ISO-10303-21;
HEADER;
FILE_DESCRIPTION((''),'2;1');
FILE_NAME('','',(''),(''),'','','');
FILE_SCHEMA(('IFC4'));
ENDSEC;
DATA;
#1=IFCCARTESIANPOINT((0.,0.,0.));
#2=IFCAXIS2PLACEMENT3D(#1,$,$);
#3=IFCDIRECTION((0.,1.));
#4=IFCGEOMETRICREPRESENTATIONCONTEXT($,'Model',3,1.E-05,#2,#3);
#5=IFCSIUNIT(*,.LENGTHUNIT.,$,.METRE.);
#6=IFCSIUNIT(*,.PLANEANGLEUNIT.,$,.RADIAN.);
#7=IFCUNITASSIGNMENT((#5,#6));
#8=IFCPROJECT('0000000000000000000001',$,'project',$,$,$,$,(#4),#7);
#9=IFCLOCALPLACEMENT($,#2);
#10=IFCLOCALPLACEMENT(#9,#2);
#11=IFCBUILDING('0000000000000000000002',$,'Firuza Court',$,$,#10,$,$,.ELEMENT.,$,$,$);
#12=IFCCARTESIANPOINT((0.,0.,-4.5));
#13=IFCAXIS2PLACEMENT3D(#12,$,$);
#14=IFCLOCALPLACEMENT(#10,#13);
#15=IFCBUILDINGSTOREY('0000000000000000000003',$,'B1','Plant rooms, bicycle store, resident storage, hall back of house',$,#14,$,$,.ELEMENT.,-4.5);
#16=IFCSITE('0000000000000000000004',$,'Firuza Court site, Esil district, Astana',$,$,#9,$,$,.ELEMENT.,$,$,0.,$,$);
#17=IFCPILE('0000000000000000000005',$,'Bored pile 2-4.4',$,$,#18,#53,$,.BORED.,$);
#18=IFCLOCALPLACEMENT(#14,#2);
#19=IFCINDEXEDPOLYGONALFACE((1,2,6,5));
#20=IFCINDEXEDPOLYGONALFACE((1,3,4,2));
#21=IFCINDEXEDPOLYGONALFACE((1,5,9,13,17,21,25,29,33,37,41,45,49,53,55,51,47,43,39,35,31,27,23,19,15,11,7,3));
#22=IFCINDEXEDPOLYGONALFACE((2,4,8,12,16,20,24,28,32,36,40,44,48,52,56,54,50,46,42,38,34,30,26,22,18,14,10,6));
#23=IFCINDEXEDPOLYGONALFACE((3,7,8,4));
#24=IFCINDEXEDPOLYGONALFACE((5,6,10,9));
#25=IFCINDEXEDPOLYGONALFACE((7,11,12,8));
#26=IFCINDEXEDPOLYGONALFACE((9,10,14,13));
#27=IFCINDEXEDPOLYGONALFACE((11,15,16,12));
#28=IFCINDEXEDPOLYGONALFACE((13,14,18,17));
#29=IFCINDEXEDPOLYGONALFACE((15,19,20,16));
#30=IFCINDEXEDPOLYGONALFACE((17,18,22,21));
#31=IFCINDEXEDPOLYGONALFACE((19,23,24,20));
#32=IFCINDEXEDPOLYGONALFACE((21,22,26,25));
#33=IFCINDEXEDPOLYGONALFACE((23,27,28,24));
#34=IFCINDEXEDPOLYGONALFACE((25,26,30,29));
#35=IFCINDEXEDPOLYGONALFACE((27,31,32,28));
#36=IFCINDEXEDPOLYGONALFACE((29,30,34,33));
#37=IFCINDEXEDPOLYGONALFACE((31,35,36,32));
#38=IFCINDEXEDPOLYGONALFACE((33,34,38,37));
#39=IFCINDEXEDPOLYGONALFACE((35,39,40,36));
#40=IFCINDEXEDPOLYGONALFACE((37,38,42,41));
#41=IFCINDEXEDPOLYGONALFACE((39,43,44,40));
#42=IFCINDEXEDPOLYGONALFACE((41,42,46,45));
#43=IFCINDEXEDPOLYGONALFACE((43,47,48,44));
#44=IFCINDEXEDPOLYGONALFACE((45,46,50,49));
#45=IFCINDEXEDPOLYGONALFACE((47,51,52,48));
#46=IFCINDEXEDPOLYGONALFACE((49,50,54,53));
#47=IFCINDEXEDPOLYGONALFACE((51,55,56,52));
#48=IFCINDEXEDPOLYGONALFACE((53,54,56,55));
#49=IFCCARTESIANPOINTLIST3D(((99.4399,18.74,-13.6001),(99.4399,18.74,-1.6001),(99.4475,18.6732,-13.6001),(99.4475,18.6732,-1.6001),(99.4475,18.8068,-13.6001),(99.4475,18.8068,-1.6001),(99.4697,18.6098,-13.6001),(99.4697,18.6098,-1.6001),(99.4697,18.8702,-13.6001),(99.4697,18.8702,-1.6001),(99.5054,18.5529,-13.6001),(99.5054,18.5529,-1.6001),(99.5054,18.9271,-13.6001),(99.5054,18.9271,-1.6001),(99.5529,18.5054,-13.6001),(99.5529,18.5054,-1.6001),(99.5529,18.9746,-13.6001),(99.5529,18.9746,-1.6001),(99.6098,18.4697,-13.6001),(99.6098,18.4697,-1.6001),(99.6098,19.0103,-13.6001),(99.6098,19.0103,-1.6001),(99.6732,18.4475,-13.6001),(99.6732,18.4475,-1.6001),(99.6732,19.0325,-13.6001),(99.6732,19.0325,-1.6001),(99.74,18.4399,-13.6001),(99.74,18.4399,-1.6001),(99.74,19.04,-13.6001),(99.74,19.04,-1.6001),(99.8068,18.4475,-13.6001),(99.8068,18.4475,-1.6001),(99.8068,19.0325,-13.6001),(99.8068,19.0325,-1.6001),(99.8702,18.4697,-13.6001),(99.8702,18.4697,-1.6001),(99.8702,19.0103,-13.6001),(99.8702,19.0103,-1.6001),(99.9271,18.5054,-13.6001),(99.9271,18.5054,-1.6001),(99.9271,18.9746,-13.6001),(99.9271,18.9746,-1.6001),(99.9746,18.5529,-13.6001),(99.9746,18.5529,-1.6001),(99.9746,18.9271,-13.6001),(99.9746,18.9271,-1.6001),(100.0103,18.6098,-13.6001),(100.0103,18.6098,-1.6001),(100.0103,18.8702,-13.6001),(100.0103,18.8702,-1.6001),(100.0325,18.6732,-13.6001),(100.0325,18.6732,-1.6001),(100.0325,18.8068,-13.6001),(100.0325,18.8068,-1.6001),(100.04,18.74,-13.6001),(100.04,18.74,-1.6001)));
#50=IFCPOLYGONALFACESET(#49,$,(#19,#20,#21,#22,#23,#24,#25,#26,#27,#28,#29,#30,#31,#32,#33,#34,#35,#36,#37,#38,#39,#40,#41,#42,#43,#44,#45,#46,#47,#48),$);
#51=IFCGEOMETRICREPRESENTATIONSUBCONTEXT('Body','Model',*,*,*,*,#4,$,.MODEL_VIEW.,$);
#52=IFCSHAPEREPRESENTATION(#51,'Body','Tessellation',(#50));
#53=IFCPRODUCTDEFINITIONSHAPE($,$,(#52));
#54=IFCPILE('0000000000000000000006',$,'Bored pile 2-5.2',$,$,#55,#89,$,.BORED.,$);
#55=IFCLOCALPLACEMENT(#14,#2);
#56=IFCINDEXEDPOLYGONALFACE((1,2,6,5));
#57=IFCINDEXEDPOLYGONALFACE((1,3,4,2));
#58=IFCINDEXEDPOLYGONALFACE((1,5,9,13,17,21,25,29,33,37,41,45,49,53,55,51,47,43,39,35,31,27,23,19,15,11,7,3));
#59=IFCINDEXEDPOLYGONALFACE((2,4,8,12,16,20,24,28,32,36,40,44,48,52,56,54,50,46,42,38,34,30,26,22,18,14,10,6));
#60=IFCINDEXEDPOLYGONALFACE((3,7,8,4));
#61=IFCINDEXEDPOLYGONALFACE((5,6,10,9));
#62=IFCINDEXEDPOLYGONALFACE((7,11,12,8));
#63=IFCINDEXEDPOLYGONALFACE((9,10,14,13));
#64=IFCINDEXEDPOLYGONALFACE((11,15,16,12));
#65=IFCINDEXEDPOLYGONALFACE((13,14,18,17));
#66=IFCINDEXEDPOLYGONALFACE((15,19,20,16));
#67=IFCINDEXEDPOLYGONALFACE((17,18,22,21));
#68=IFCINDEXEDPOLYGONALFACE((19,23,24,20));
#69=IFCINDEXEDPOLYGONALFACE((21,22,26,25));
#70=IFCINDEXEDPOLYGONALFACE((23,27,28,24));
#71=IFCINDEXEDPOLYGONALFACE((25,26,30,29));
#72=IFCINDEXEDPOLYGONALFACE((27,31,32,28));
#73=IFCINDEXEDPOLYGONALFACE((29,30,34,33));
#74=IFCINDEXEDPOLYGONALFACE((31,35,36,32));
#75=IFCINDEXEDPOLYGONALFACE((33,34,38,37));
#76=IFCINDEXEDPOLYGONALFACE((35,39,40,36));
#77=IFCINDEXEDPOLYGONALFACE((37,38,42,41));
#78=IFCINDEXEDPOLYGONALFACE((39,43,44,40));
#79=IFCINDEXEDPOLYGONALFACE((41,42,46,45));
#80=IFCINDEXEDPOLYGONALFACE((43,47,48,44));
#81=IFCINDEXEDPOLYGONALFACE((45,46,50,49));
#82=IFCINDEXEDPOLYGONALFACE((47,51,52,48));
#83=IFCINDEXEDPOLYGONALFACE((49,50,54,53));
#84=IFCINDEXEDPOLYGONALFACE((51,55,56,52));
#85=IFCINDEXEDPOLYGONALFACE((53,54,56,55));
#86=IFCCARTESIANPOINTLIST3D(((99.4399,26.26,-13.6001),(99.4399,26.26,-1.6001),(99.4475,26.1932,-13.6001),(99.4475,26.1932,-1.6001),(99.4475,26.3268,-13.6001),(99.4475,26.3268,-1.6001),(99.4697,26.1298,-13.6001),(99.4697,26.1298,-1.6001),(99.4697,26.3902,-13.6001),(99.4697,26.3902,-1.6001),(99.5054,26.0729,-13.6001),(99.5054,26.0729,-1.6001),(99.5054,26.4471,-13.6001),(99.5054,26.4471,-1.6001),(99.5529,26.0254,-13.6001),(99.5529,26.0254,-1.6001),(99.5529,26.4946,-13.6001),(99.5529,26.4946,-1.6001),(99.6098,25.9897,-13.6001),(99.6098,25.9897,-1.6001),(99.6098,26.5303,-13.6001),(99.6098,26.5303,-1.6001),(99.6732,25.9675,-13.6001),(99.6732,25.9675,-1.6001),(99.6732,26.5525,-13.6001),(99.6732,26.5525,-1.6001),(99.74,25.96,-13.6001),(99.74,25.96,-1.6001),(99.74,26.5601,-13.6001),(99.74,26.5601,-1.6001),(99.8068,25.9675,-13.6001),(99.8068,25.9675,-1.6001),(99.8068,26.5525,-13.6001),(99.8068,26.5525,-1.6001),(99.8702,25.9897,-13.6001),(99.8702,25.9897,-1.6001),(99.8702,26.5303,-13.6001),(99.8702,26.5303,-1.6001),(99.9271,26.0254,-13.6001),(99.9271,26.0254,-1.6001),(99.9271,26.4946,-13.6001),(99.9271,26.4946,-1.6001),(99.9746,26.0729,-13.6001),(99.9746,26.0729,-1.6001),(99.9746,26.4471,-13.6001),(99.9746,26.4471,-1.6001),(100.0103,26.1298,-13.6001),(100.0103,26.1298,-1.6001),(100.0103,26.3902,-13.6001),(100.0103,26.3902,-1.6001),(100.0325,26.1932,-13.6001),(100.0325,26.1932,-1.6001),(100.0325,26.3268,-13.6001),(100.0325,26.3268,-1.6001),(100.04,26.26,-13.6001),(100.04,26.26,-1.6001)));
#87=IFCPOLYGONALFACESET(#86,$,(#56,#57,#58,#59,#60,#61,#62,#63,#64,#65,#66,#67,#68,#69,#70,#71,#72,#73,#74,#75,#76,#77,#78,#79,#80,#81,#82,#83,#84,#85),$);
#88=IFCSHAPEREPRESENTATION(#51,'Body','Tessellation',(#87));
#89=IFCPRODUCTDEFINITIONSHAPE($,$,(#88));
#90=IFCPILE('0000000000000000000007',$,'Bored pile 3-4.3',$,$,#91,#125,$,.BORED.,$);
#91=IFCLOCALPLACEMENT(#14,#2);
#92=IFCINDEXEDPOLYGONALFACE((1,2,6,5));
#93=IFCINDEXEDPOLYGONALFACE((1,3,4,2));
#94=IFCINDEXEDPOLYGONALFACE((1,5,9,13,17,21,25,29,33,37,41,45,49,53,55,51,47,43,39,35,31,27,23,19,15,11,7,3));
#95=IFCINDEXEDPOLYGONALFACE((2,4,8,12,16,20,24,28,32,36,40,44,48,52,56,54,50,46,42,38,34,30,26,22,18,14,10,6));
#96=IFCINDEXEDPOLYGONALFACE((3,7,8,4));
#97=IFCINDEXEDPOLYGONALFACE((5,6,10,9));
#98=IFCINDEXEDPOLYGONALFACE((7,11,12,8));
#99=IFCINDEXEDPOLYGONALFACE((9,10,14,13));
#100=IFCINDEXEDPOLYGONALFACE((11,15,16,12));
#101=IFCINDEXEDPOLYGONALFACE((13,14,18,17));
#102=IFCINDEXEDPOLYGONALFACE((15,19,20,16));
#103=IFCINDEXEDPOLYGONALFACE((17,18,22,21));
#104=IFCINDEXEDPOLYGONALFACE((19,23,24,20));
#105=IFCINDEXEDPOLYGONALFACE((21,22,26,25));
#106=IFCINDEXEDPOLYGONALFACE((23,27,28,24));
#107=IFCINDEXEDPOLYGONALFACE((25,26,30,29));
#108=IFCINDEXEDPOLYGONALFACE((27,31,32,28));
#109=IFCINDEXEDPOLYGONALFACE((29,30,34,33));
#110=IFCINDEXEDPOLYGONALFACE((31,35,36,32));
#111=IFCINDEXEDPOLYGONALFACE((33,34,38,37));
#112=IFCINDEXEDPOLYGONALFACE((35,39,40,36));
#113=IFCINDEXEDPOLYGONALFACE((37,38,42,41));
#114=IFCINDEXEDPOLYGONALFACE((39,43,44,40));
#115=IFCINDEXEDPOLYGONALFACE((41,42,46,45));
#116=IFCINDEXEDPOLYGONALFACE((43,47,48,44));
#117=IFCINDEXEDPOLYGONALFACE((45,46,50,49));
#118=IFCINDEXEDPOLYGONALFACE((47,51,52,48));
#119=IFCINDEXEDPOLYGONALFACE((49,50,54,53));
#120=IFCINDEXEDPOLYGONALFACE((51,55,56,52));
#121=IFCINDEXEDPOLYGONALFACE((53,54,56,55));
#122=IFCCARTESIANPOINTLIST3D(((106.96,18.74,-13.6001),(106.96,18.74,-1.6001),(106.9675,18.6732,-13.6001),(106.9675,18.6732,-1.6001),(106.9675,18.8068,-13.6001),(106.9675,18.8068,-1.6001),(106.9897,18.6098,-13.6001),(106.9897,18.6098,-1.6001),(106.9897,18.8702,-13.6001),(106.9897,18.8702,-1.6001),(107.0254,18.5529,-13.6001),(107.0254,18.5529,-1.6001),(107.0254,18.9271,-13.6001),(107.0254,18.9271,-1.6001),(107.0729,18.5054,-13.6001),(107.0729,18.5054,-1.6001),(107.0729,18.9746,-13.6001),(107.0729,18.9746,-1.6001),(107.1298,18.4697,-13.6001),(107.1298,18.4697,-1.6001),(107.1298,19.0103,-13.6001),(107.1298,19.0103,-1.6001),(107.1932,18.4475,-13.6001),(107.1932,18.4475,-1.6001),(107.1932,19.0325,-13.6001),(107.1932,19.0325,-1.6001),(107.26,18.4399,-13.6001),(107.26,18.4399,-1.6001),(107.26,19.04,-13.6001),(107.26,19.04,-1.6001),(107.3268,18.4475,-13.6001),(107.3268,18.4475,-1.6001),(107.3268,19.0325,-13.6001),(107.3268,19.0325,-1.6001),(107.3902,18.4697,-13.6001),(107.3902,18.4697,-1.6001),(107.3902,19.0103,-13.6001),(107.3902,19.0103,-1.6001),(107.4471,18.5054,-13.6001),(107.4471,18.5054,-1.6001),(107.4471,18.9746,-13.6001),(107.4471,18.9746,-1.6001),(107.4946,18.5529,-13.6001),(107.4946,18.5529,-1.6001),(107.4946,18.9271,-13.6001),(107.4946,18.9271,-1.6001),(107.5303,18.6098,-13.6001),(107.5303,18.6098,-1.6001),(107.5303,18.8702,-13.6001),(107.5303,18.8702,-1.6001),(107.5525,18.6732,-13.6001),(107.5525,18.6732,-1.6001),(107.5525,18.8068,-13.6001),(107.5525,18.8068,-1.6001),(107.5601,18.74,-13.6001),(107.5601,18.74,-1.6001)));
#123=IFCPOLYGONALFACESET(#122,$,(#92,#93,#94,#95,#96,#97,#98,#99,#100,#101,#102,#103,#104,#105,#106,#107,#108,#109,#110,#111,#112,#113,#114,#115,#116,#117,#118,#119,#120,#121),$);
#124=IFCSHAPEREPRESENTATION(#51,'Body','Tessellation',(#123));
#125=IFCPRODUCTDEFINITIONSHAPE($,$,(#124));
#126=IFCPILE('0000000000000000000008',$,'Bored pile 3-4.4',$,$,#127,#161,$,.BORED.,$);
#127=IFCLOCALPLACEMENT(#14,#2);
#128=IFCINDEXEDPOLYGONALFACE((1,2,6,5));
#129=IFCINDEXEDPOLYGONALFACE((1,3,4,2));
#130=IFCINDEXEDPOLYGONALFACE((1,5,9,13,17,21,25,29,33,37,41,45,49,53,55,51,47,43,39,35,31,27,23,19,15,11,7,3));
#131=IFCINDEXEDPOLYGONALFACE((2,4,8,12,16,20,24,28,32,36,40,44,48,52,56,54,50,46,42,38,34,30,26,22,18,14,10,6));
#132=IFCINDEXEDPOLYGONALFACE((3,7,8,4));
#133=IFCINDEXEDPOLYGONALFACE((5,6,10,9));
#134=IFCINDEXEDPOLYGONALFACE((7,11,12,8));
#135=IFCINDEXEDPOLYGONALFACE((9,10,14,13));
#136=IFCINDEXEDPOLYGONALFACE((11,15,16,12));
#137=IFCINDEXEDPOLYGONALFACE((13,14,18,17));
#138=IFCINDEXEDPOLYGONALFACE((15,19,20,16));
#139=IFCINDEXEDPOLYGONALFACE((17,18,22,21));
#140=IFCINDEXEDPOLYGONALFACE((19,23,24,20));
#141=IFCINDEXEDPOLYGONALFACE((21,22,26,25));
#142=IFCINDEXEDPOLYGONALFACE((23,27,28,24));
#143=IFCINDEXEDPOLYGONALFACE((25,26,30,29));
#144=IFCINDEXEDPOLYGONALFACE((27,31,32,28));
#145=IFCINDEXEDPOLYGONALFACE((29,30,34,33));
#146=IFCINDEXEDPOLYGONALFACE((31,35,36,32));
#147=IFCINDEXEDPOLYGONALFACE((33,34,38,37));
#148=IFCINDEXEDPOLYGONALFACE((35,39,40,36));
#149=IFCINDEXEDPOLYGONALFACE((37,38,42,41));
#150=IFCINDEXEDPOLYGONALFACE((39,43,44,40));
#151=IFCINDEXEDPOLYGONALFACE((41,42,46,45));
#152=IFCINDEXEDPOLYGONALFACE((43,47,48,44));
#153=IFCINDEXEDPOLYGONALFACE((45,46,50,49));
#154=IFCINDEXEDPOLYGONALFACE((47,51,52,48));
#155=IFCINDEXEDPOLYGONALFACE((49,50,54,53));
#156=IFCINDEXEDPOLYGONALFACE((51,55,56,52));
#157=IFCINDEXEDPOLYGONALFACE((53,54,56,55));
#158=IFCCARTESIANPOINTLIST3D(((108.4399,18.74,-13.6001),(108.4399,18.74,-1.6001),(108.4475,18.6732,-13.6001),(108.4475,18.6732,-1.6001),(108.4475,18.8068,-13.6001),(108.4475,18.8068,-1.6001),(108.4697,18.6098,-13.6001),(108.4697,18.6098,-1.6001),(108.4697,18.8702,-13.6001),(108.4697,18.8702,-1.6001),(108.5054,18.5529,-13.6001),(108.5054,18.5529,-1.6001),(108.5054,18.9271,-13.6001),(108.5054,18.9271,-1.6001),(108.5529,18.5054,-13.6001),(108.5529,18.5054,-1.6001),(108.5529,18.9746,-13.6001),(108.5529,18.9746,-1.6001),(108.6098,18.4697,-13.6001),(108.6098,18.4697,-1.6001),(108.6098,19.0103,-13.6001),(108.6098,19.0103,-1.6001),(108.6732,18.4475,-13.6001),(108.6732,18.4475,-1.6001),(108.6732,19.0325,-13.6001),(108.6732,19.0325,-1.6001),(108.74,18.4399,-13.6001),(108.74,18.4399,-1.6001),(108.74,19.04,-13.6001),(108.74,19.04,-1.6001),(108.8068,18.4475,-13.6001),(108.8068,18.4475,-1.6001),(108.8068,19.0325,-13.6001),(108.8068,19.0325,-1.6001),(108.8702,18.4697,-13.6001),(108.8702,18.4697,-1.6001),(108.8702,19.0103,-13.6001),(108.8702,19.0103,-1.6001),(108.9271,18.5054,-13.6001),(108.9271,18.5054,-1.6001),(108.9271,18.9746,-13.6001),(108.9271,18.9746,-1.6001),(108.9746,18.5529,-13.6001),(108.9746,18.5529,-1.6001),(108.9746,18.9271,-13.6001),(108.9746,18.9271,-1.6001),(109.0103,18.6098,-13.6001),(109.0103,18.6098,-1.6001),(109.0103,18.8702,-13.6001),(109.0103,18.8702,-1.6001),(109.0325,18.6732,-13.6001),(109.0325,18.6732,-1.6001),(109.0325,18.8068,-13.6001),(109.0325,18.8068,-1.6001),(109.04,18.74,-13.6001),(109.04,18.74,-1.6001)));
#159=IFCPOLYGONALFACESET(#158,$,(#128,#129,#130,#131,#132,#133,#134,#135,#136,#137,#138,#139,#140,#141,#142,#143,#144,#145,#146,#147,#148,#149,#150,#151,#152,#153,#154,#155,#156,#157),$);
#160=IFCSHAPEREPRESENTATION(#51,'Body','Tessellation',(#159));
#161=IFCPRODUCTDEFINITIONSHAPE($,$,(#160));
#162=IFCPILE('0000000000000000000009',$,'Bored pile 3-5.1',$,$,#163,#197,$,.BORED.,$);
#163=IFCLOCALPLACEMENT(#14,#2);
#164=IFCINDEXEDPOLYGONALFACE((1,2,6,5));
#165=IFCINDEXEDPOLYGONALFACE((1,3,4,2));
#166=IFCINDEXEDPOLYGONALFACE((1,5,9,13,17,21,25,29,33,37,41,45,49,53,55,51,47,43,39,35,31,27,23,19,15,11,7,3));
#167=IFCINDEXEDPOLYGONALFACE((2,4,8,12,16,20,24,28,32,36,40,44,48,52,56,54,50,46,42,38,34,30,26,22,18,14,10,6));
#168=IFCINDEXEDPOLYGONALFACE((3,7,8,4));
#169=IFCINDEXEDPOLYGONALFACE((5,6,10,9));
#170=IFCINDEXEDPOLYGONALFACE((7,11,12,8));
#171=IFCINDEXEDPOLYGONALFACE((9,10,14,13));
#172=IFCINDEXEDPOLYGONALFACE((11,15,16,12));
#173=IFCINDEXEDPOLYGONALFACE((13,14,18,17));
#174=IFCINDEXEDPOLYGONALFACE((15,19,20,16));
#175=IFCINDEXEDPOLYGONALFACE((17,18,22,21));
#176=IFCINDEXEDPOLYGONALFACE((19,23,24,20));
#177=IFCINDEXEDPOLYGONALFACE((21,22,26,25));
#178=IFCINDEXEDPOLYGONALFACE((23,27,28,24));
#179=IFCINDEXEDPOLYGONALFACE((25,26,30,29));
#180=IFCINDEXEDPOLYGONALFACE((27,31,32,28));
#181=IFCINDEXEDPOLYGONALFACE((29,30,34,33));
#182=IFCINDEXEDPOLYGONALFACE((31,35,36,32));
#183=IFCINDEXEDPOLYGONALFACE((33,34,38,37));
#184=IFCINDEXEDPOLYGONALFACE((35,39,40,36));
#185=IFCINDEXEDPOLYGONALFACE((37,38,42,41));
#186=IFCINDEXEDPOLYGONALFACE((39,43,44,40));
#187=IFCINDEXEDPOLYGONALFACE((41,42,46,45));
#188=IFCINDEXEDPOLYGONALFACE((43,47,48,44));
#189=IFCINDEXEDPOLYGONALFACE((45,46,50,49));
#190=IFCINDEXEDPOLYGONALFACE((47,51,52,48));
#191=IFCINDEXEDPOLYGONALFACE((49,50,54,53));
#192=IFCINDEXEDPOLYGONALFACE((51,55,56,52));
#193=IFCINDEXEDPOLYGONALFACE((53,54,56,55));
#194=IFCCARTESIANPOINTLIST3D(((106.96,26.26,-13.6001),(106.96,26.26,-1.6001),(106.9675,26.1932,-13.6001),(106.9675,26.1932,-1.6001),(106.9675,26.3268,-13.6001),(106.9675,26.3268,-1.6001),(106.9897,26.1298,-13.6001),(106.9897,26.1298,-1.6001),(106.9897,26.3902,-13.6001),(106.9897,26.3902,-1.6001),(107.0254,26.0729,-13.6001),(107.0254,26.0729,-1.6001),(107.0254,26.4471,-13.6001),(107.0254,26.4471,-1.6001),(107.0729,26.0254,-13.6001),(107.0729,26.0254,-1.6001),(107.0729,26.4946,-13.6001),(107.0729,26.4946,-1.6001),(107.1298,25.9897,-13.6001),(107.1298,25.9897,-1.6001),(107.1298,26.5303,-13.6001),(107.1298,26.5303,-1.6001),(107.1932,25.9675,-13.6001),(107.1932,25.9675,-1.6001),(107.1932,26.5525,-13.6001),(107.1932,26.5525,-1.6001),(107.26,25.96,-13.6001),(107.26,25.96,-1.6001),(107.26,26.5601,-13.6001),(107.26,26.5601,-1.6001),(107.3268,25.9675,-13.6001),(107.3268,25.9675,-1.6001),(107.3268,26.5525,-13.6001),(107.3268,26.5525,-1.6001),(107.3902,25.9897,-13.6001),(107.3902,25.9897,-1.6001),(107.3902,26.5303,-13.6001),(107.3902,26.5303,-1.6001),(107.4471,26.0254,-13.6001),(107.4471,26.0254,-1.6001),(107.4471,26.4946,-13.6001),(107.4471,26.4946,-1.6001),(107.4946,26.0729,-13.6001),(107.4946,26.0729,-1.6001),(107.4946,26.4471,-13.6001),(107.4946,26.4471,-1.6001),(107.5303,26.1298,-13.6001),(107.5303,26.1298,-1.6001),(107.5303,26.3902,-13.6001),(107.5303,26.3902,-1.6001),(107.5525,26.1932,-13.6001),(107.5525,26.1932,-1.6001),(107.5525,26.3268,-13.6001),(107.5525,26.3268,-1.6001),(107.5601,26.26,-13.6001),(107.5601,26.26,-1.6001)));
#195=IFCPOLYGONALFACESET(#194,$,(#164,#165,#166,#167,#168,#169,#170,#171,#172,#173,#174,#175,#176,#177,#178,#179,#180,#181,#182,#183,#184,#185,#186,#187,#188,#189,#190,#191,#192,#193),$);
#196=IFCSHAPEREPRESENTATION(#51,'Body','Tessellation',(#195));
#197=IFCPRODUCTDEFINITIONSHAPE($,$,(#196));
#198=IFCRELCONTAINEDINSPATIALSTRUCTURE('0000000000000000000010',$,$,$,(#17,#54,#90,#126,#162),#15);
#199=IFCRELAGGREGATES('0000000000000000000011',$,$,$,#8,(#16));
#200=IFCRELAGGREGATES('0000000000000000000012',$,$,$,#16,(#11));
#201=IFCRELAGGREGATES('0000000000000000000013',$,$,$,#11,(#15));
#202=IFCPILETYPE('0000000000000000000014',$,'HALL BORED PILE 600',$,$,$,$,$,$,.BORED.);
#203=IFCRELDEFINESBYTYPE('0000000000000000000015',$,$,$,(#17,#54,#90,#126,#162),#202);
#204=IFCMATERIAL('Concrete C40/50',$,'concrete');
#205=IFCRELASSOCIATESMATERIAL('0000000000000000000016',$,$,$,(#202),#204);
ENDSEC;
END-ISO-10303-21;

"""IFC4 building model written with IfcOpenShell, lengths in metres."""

from ifc_helpers import new_model, si_unit, direction, frame, origin, origin_2d, place, context, subcontext, project, spatial, circle, extrude, material, material_profile, profile_set, type_object, element, save


model = new_model("IFC4")

# Units and contexts
model_context = context("Model", 3, precision=1e-05, world=origin(), true_north=direction((0.0, 1.0)))
body_context = subcontext(model_context, "Body", "Model", "MODEL_VIEW")
ifc_project = project(units=[si_unit("LENGTHUNIT", "METRE"), si_unit("PLANEANGLEUNIT", "RADIAN")], contexts=[model_context])

# Site, building, storey
site_placement = place(None, origin())
site = spatial("IfcSite", under=ifc_project, at=site_placement, Name="Firuza Court site, Esil district, Astana", CompositionType="ELEMENT", RefElevation=0.0)
building_placement = place(site_placement, origin())
building = spatial("IfcBuilding", under=site, at=building_placement, Name="Firuza Court", CompositionType="ELEMENT")
storey_placement = place(building_placement, frame((0.0, 0.0, -4.5)))
storey = spatial("IfcBuildingStorey", under=building, at=storey_placement, Name="B1", Description="Plant rooms, bicycle store, resident storage, hall back of house", CompositionType="ELEMENT", Elevation=-4.5)

# Piles
ifc_material_1 = material(Name="Concrete C40/50", Category="concrete")
ifc_material_profile_1 = material_profile(ifc_material_1, circle(Radius=0.3, at=origin_2d()), Name="PILE 600")
ifc_profile_set_1 = profile_set([ifc_material_profile_1], Name="Concrete C40/50")
pile_type = type_object("IfcPileType", Name="HALL BORED PILE 600", PredefinedType="BORED", material=ifc_profile_set_1)
for number, where, z_axis, x_axis, name in (
    (1, (99.74, 18.74, -1.6001), (0.0, 0.0, -1.0), (1.0, 0.0, 0.0), "Bored pile 2-4.4"),
    (2, (99.74, 26.26, -1.6001), (0.0, 0.0, -1.0), (1.0, 0.0, 0.0), "Bored pile 2-5.2"),
    (3, (107.26, 18.74, -1.6001), (0.0, 0.0, -1.0), (1.0, 0.0, 0.0), "Bored pile 3-4.3"),
    (4, (108.74, 18.74, -1.6001), (0.0, 0.0, -1.0), (1.0, 0.0, 0.0), "Bored pile 3-4.4"),
    (5, (107.26, 26.26, -1.6001), (0.0, 0.0, -1.0), (1.0, 0.0, 0.0), "Bored pile 3-5.1"),
):
    element("IfcPile", number, at=place(storey_placement, frame(where, z_axis=z_axis, x_axis=x_axis)), inside=storey, type_object=pile_type, Name=name, PredefinedType="BORED", context=body_context, shape_type="SweptSolid", body=[
        extrude(circle(Radius=0.3, at=origin_2d()), origin(), (0.0, 0.0, 1.0), 12.0),
    ])

save(model, "model.ifc")
